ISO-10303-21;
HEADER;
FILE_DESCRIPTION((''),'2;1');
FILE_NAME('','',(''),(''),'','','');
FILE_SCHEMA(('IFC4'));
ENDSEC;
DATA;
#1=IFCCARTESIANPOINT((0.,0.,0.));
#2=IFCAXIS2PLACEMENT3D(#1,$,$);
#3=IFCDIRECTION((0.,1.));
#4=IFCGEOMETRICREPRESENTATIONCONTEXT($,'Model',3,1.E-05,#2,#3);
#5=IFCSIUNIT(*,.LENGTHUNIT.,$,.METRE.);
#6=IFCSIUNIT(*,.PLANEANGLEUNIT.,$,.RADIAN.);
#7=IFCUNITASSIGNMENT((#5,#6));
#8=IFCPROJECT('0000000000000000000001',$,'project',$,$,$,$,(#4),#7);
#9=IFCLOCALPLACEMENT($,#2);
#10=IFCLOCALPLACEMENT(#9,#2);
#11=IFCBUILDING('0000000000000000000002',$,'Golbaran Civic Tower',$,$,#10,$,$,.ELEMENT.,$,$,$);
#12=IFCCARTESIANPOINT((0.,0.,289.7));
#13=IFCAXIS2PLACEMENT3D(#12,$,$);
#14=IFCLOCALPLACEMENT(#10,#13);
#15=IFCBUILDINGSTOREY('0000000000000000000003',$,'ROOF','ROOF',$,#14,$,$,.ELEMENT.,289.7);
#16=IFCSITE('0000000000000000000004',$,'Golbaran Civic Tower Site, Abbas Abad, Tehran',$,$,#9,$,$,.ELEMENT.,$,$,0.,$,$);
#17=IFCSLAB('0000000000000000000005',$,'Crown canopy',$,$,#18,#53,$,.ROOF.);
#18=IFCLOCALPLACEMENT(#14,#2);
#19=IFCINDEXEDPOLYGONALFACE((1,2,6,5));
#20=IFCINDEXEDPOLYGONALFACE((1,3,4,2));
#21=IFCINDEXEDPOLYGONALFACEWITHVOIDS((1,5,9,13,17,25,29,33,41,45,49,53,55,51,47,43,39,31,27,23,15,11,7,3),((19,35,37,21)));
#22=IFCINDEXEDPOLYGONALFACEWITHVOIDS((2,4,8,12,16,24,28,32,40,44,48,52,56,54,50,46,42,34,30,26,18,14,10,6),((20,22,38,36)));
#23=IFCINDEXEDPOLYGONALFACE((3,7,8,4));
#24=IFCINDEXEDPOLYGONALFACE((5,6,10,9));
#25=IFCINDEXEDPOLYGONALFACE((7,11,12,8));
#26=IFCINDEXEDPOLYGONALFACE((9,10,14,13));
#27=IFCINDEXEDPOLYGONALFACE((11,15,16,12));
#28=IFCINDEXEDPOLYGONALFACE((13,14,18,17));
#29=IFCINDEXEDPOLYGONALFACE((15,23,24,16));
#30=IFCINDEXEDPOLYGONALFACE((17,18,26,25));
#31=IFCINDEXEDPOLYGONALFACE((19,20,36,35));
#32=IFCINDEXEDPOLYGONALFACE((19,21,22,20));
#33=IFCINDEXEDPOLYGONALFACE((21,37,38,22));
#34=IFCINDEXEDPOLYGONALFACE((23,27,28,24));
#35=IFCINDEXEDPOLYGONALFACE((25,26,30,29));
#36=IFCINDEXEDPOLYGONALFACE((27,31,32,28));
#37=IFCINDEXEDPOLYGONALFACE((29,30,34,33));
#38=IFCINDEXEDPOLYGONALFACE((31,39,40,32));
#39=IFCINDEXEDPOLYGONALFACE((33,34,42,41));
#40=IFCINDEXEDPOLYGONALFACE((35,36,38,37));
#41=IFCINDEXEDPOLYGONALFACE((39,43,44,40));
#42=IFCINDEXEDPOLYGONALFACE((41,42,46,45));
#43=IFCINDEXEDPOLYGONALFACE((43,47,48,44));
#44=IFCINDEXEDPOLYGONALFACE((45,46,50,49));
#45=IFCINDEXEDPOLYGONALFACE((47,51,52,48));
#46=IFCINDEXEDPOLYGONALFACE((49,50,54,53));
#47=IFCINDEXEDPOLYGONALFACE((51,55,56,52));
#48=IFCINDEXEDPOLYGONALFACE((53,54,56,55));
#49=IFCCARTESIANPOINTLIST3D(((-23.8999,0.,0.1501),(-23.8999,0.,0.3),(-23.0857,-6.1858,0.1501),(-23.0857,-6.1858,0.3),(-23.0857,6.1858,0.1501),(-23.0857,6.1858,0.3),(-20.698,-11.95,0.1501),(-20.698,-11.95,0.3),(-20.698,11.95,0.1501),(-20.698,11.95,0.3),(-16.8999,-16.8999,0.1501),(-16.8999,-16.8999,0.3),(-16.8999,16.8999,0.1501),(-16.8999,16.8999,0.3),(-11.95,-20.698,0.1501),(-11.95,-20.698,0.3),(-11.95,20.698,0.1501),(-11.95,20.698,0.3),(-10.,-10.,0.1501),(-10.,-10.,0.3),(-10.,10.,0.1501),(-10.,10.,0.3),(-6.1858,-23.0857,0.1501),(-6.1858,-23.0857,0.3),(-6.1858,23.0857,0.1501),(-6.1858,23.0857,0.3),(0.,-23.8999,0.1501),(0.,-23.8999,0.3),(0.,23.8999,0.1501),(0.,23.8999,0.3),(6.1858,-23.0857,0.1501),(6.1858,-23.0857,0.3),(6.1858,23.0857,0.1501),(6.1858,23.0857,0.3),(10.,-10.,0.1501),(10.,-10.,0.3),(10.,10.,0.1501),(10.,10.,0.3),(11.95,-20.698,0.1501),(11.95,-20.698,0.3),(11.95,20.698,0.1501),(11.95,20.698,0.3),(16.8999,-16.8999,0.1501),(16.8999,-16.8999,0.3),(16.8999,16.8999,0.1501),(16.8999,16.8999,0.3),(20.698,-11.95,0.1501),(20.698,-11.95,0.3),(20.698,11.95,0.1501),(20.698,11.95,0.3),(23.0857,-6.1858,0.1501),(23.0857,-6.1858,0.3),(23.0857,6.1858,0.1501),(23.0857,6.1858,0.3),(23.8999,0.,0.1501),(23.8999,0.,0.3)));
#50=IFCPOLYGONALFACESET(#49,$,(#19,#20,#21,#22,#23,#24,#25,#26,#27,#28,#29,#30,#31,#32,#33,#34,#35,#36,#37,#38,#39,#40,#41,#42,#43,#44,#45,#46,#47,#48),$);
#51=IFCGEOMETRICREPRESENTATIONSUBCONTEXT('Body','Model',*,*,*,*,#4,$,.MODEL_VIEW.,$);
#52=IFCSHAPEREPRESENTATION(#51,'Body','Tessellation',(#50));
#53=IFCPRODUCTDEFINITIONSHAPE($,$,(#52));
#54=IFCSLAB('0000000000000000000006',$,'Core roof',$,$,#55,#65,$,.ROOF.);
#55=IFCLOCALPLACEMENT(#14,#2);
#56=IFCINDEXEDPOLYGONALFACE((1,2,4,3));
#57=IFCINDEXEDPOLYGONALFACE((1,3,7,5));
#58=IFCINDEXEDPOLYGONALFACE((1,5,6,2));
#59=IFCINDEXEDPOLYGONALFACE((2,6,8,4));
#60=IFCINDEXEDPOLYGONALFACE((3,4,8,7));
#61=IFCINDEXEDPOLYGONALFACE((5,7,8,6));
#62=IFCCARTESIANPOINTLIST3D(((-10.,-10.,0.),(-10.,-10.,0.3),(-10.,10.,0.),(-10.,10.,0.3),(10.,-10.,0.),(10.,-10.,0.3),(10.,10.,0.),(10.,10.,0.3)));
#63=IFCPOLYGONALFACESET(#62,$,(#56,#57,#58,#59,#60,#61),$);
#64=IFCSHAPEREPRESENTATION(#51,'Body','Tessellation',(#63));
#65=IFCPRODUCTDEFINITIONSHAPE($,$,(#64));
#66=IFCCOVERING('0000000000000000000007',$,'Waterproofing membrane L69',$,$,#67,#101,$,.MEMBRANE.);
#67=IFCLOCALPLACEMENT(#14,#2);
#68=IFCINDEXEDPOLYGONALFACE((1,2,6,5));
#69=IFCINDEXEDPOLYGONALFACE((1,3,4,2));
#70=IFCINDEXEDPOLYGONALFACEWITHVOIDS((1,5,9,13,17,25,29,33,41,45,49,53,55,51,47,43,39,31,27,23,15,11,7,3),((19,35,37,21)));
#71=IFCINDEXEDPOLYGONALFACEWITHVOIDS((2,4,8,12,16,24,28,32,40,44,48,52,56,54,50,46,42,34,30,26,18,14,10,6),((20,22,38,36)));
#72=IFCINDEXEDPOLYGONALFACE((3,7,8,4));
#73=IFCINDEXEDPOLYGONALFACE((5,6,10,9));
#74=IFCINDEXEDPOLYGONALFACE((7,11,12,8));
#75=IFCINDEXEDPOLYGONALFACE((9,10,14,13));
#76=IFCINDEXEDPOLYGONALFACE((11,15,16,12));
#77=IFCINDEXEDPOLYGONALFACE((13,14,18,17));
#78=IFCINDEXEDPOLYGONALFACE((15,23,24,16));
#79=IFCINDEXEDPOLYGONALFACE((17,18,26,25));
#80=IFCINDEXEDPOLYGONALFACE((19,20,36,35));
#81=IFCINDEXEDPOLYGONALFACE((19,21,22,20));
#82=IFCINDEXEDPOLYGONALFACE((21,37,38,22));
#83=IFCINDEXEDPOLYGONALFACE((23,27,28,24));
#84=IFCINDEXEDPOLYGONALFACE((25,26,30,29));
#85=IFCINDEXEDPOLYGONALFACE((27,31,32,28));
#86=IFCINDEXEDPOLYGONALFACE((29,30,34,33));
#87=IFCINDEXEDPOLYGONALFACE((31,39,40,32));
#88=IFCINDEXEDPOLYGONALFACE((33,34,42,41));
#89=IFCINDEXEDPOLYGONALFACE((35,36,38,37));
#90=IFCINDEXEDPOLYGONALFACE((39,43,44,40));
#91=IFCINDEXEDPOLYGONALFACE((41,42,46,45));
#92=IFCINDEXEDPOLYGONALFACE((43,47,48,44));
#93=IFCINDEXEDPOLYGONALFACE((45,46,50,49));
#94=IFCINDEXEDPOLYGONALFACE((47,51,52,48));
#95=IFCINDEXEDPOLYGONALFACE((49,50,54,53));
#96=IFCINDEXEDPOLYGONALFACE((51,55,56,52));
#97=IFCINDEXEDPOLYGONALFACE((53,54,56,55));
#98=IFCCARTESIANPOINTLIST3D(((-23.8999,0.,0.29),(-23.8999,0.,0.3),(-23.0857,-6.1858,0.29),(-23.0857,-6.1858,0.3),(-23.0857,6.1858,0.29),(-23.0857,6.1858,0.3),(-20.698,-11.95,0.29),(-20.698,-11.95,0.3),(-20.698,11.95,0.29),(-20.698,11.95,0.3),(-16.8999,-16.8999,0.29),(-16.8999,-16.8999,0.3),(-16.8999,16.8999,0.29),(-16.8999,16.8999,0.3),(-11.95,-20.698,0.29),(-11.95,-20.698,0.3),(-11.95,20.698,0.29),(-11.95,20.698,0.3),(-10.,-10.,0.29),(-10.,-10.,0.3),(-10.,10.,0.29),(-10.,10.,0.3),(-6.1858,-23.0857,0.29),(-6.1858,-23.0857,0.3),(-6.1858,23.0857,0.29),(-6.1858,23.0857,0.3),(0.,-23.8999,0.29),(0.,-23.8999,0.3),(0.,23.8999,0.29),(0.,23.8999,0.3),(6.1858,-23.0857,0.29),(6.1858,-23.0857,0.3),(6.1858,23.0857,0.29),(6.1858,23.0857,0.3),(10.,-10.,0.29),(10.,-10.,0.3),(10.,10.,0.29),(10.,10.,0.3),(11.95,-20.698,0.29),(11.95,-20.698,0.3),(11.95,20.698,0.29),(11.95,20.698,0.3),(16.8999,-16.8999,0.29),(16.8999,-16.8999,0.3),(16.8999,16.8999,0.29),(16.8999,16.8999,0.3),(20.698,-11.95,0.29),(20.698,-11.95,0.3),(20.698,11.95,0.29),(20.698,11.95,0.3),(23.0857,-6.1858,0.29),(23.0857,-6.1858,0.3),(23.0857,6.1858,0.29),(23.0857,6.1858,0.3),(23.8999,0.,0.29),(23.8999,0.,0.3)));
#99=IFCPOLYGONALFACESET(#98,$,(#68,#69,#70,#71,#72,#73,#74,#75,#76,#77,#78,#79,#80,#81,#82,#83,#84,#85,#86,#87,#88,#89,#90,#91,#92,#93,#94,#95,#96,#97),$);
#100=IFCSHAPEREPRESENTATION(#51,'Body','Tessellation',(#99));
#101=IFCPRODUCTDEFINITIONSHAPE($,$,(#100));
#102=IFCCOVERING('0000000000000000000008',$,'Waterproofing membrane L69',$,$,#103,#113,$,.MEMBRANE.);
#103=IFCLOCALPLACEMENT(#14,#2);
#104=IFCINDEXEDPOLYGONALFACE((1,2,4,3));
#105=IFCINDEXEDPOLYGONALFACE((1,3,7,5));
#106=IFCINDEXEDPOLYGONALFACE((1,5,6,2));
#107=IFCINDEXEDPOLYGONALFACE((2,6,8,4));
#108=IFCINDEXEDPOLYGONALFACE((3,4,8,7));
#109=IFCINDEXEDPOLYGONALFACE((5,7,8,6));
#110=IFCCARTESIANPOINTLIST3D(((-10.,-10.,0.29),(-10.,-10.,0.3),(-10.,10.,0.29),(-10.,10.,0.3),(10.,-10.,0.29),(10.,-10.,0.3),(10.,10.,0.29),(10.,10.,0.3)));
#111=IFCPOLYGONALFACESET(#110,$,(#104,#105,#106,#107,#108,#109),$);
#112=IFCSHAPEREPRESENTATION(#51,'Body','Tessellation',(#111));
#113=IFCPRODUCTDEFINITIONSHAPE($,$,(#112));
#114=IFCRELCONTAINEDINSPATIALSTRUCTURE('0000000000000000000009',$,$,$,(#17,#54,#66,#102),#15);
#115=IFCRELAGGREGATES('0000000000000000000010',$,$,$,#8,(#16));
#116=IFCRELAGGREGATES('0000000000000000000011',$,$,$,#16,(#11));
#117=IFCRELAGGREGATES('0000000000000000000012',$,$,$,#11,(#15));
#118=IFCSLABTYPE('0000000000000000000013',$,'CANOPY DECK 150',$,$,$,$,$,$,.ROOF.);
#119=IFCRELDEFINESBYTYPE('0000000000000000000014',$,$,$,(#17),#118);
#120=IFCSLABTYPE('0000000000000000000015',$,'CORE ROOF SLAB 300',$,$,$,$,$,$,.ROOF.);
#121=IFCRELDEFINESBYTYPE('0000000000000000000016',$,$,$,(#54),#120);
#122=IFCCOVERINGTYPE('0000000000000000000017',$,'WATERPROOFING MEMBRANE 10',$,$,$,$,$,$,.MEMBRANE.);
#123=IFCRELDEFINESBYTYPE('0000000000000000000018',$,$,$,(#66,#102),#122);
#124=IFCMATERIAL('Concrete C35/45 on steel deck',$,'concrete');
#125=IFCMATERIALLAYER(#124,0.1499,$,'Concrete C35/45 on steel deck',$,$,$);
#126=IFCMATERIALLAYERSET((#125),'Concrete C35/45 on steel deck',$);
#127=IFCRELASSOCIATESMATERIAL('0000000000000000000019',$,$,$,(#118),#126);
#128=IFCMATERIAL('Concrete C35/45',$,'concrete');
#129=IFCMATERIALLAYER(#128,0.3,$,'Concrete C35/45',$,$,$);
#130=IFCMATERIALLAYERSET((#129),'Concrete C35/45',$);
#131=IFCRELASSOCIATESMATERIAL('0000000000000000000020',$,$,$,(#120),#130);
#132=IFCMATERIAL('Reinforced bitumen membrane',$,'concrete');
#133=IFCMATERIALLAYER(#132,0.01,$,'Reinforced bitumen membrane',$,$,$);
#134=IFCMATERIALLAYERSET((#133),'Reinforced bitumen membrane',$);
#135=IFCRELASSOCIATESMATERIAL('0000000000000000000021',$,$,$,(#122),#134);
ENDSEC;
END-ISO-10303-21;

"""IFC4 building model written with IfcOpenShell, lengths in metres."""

from ifc_helpers import new_model, si_unit, direction, frame, origin, place, context, subcontext, project, spatial, polyline, outline, extrude, material, layer, layer_set, type_object, element, save


model = new_model("IFC4")

# Units and contexts
model_context = context("Model", 3, precision=1e-05, world=origin(), true_north=direction((0.0, 1.0)))
body_context = subcontext(model_context, "Body", "Model", "MODEL_VIEW")
ifc_project = project(units=[si_unit("LENGTHUNIT", "METRE"), si_unit("PLANEANGLEUNIT", "RADIAN")], contexts=[model_context])

# Site, building, storey
site_placement = place(None, origin())
site = spatial("IfcSite", under=ifc_project, at=site_placement, Name="Golbaran Civic Tower Site, Abbas Abad, Tehran", CompositionType="ELEMENT", RefElevation=0.0)
building_placement = place(site_placement, origin())
building = spatial("IfcBuilding", under=site, at=building_placement, Name="Golbaran Civic Tower", CompositionType="ELEMENT")
storey_placement = place(building_placement, frame((0.0, 0.0, 289.7)))
storey = spatial("IfcBuildingStorey", under=building, at=storey_placement, Name="ROOF", Description="ROOF", CompositionType="ELEMENT", Elevation=289.7)

# Slabs
ifc_material_1 = material(Name="Concrete C35/45 on steel deck", Category="concrete")
ifc_layer_1 = layer(ifc_material_1, 0.1499, Name="Concrete C35/45 on steel deck")
ifc_layer_set_1 = layer_set([ifc_layer_1], Name="Concrete C35/45 on steel deck")
slab_type_1 = type_object("IfcSlabType", Name="CANOPY DECK 150", PredefinedType="ROOF", material=ifc_layer_set_1)
slab_1_placement = place(storey_placement, frame((0.0, 0.0, 0.1501)))
element("IfcSlab", 1, at=slab_1_placement, inside=storey, type_object=slab_type_1, Name="Crown canopy", PredefinedType="ROOF", context=body_context, shape_type="SweptSolid", body=[
    extrude(outline(polyline([(20.698, -11.95), (16.8999, -16.8999), (11.95, -20.698), (6.1858, -23.0857), (0.0, -23.8999), (-6.1858, -23.0857), (-11.95, -20.698), (-16.8999, -16.8999), (-20.698, -11.95), (-23.0857, -6.1858), (-23.8999, 0.0), (-23.0857, 6.1858), (-20.698, 11.95), (-16.8999, 16.8999), (-11.95, 20.698), (-6.1858, 23.0857), (0.0, 23.8999), (6.1858, 23.0857), (11.95, 20.698), (16.8999, 16.8999), (20.698, 11.95), (23.0857, 6.1858), (23.8999, 0.0), (23.0857, -6.1858), (20.698, -11.95)]), holes=[polyline([(-10.0, 10.0), (-10.0, -10.0), (10.0, -10.0), (10.0, 10.0), (-10.0, 10.0)])]), origin(), (0.0, 0.0, 1.0), 0.1499),
])
ifc_material_2 = material(Name="Concrete C35/45", Category="concrete")
ifc_layer_2 = layer(ifc_material_2, 0.3, Name="Concrete C35/45")
ifc_layer_set_2 = layer_set([ifc_layer_2], Name="Concrete C35/45")
slab_type_2 = type_object("IfcSlabType", Name="CORE ROOF SLAB 300", PredefinedType="ROOF", material=ifc_layer_set_2)
slab_2_placement = place(storey_placement, origin())
element("IfcSlab", 2, at=slab_2_placement, inside=storey, type_object=slab_type_2, Name="Core roof", PredefinedType="ROOF", context=body_context, shape_type="SweptSolid", body=[
    extrude(outline(polyline([(-10.0, -10.0), (-10.0, 10.0), (10.0, 10.0), (10.0, -10.0), (-10.0, -10.0)])), origin(), (0.0, 0.0, 1.0), 0.3),
])

# Coverings
ifc_material_3 = material(Name="Reinforced bitumen membrane", Category="concrete")
ifc_layer_3 = layer(ifc_material_3, 0.01, Name="Reinforced bitumen membrane")
ifc_layer_set_3 = layer_set([ifc_layer_3], Name="Reinforced bitumen membrane")
covering_type = type_object("IfcCoveringType", Name="WATERPROOFING MEMBRANE 10", PredefinedType="MEMBRANE", material=ifc_layer_set_3)
covering_1_placement = place(storey_placement, frame((0.0, 0.0, 0.29)))
element("IfcCovering", 3, at=covering_1_placement, inside=storey, type_object=covering_type, Name="Waterproofing membrane L69", PredefinedType="MEMBRANE", context=body_context, shape_type="SweptSolid", body=[
    extrude(outline(polyline([(20.698, -11.95), (16.8999, -16.8999), (11.95, -20.698), (6.1858, -23.0857), (0.0, -23.8999), (-6.1858, -23.0857), (-11.95, -20.698), (-16.8999, -16.8999), (-20.698, -11.95), (-23.0857, -6.1858), (-23.8999, 0.0), (-23.0857, 6.1858), (-20.698, 11.95), (-16.8999, 16.8999), (-11.95, 20.698), (-6.1858, 23.0857), (0.0, 23.8999), (6.1858, 23.0857), (11.95, 20.698), (16.8999, 16.8999), (20.698, 11.95), (23.0857, 6.1858), (23.8999, 0.0), (23.0857, -6.1858), (20.698, -11.95)]), holes=[polyline([(-10.0, 10.0), (-10.0, -10.0), (10.0, -10.0), (10.0, 10.0), (-10.0, 10.0)])]), origin(), (0.0, 0.0, 1.0), 0.01),
])
covering_2_placement = place(storey_placement, frame((0.0, 0.0, 0.29)))
element("IfcCovering", 4, at=covering_2_placement, inside=storey, type_object=covering_type, Name="Waterproofing membrane L69", PredefinedType="MEMBRANE", context=body_context, shape_type="SweptSolid", body=[
    extrude(outline(polyline([(-10.0, -10.0), (-10.0, 10.0), (10.0, 10.0), (10.0, -10.0), (-10.0, -10.0)])), origin(), (0.0, 0.0, 1.0), 0.01),
])

save(model, "model.ifc")
